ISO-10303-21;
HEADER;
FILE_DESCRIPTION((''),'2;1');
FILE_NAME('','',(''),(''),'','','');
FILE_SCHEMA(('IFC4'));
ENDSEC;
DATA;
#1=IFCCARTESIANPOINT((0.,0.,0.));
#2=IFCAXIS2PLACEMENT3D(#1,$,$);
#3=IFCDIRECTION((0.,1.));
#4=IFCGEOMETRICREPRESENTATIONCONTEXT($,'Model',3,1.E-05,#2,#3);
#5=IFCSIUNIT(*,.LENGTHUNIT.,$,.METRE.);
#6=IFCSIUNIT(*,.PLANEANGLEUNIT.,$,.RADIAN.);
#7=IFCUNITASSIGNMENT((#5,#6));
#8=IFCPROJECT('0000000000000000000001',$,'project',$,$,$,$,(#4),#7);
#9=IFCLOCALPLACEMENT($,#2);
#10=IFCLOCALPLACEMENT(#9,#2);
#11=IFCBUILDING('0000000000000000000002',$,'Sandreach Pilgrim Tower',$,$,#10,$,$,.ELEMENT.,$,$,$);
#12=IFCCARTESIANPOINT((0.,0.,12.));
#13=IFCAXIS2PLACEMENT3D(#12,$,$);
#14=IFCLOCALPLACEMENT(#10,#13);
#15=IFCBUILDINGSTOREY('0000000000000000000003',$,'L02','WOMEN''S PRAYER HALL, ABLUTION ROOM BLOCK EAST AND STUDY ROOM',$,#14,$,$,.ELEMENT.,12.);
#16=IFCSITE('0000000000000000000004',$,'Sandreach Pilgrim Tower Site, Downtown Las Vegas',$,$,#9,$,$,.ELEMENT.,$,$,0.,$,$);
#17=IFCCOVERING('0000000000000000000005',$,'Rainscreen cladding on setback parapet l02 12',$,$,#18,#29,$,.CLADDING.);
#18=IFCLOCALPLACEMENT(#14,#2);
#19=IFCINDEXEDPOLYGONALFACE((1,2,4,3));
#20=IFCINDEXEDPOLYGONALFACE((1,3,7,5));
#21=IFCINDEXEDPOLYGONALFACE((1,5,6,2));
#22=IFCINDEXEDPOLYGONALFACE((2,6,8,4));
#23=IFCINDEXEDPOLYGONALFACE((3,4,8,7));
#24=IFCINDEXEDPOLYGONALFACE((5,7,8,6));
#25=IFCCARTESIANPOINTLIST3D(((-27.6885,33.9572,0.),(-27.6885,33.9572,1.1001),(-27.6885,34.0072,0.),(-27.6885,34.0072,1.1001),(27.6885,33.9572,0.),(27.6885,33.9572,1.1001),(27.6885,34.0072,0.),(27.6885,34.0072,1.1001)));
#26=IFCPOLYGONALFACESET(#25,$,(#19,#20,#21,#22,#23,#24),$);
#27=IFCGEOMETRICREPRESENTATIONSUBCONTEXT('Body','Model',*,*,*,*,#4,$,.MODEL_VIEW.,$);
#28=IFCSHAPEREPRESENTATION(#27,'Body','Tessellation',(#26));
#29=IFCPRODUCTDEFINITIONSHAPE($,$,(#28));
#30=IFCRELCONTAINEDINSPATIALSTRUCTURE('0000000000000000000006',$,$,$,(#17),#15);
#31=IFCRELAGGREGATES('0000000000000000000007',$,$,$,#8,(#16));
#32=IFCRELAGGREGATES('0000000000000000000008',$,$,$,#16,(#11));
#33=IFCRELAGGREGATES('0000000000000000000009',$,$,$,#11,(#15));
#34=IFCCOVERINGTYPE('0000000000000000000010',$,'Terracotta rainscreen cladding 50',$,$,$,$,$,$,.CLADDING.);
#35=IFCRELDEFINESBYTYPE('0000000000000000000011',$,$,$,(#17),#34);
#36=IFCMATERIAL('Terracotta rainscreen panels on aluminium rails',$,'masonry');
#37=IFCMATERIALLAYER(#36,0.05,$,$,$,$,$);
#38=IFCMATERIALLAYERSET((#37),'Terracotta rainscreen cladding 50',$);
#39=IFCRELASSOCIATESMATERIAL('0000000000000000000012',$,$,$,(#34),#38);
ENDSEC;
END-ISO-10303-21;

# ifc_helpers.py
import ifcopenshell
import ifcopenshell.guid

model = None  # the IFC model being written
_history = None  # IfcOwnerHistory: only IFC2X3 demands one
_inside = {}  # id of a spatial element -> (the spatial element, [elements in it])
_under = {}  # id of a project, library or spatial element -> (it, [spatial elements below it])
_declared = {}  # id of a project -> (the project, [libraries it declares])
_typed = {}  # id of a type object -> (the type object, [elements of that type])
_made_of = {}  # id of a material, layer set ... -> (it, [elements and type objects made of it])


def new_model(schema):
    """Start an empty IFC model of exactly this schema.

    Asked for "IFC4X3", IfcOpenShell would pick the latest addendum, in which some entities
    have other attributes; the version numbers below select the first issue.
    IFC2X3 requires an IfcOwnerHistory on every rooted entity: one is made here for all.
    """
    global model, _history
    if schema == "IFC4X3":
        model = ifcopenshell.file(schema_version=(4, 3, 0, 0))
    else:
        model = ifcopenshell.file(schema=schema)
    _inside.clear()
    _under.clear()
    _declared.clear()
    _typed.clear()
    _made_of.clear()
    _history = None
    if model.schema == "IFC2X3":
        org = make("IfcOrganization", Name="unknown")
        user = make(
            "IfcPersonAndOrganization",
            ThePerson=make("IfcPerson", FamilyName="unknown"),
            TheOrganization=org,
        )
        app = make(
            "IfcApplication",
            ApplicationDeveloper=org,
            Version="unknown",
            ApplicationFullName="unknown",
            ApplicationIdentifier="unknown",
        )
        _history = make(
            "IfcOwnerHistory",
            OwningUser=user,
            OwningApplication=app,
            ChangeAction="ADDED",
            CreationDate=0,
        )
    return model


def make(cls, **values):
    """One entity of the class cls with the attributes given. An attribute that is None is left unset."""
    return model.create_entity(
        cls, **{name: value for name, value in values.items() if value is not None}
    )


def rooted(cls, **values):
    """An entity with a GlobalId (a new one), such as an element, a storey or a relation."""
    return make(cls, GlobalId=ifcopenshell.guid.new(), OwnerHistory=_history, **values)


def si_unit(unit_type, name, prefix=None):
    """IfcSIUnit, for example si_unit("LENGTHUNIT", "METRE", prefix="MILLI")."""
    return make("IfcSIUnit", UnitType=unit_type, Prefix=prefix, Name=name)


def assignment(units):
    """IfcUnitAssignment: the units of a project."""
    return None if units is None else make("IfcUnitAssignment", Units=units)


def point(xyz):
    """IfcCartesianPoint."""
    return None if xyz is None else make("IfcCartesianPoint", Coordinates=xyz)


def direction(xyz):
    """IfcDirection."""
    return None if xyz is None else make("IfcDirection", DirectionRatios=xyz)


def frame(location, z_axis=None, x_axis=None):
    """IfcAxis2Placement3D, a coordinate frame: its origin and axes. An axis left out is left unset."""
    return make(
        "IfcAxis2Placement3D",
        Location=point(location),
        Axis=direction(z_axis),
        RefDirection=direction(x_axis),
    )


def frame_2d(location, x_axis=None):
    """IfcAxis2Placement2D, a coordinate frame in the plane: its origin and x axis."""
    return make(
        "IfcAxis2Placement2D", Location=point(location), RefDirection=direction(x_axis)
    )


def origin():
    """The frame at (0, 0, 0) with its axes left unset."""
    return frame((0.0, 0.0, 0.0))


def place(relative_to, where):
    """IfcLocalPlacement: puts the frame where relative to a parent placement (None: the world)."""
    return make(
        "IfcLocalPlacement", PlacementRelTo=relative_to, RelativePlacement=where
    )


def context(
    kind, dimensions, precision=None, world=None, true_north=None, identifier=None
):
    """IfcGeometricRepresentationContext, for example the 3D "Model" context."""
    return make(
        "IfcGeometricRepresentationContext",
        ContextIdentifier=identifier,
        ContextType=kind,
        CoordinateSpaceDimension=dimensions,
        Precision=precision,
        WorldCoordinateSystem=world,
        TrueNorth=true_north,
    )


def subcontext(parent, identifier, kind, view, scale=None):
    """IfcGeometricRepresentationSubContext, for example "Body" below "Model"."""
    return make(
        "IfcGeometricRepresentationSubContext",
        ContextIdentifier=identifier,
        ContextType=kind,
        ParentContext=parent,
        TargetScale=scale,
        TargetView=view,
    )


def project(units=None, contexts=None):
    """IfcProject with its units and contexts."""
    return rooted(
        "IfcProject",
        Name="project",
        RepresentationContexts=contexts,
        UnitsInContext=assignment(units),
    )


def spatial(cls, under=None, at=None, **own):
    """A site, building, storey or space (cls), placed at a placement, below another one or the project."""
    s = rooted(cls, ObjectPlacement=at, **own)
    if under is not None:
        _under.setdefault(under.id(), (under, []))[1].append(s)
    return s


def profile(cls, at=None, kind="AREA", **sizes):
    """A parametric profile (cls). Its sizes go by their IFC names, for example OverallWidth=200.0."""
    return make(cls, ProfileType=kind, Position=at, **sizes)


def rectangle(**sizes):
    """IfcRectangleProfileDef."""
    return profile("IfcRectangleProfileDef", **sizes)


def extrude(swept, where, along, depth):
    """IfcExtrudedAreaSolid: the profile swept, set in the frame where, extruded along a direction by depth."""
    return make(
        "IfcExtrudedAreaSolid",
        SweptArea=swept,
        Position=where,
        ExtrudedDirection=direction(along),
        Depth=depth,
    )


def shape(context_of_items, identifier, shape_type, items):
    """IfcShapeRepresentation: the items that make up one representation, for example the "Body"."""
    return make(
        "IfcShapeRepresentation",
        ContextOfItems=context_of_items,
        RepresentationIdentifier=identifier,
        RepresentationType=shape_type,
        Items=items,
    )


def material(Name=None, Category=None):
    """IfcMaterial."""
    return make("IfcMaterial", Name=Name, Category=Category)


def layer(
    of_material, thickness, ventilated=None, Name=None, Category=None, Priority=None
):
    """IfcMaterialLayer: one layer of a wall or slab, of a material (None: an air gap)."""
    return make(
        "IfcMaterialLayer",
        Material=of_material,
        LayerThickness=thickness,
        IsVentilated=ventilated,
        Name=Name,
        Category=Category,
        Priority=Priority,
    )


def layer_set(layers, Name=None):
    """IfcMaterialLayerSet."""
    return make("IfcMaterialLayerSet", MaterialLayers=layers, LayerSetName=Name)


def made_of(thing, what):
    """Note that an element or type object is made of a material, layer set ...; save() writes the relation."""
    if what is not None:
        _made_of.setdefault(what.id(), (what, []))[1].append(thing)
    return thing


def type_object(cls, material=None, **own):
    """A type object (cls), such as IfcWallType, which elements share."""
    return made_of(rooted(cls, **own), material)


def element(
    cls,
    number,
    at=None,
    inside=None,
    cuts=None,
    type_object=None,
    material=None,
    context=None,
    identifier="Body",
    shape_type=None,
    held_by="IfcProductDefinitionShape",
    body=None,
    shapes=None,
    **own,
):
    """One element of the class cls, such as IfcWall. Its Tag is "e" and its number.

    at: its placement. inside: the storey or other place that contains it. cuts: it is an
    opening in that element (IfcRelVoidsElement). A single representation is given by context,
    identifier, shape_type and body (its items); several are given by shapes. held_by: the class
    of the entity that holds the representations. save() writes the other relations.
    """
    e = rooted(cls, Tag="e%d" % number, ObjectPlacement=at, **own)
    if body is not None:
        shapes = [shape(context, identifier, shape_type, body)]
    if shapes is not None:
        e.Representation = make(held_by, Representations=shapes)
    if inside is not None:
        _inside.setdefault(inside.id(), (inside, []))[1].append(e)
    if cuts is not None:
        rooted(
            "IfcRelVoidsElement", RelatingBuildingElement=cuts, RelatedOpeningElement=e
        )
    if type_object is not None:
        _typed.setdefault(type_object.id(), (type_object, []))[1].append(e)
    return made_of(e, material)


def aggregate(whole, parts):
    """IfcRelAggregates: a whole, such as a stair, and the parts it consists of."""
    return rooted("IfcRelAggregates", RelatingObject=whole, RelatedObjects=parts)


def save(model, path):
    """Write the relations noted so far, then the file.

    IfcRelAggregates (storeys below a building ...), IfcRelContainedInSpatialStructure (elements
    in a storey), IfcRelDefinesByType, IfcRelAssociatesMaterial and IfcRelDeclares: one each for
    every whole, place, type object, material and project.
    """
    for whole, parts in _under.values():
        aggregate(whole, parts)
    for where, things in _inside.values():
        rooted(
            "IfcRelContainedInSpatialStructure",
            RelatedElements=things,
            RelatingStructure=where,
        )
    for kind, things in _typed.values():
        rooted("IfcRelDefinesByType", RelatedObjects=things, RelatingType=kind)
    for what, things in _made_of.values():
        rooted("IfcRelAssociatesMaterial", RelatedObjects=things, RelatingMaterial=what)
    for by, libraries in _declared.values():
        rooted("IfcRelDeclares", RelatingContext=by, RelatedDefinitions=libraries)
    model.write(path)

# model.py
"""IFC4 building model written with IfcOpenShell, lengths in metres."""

from ifc_helpers import new_model, si_unit, direction, frame, frame_2d, origin, place, context, subcontext, project, spatial, rectangle, extrude, material, layer, layer_set, type_object, element, save


model = new_model("IFC4")

# Units and contexts
model_context = context("Model", 3, precision=1e-05, world=origin(), true_north=direction((0.0, 1.0)))
body_context = subcontext(model_context, "Body", "Model", "MODEL_VIEW")
ifc_project = project(units=[si_unit("LENGTHUNIT", "METRE"), si_unit("PLANEANGLEUNIT", "RADIAN")], contexts=[model_context])

# Site, building, storey
site_placement = place(None, origin())
site = spatial("IfcSite", under=ifc_project, at=site_placement, Name="Sandreach Pilgrim Tower Site, Downtown Las Vegas", CompositionType="ELEMENT", RefElevation=0.0)
building_placement = place(site_placement, origin())
building = spatial("IfcBuilding", under=site, at=building_placement, Name="Sandreach Pilgrim Tower", CompositionType="ELEMENT")
storey_placement = place(building_placement, frame((0.0, 0.0, 12.0)))
storey = spatial("IfcBuildingStorey", under=building, at=storey_placement, Name="L02", Description="WOMEN'S PRAYER HALL, ABLUTION ROOM BLOCK EAST AND STUDY ROOM", CompositionType="ELEMENT", Elevation=12.0)

# Covering
ifc_material_1 = material(Name="Terracotta rainscreen panels on aluminium rails", Category="masonry")
ifc_layer_1 = layer(ifc_material_1, 0.05)
ifc_layer_set_1 = layer_set([ifc_layer_1], Name="Terracotta rainscreen cladding 50")
covering_type = type_object("IfcCoveringType", Name="Terracotta rainscreen cladding 50", PredefinedType="CLADDING", material=ifc_layer_set_1)
covering_1_placement = place(storey_placement, frame((27.6885, 33.9822, 0.0), z_axis=(0.0, 0.0, 1.0), x_axis=(-1.0, 0.0, 0.0)))
element("IfcCovering", 1, at=covering_1_placement, inside=storey, type_object=covering_type, Name="Rainscreen cladding on setback parapet l02 12", PredefinedType="CLADDING", context=body_context, shape_type="SweptSolid", body=[
    extrude(rectangle(XDim=55.377, YDim=0.05, at=frame_2d((27.6885, 0.0))), origin(), (0.0, 0.0, 1.0), 1.1001),
])

save(model, "model.ifc")
